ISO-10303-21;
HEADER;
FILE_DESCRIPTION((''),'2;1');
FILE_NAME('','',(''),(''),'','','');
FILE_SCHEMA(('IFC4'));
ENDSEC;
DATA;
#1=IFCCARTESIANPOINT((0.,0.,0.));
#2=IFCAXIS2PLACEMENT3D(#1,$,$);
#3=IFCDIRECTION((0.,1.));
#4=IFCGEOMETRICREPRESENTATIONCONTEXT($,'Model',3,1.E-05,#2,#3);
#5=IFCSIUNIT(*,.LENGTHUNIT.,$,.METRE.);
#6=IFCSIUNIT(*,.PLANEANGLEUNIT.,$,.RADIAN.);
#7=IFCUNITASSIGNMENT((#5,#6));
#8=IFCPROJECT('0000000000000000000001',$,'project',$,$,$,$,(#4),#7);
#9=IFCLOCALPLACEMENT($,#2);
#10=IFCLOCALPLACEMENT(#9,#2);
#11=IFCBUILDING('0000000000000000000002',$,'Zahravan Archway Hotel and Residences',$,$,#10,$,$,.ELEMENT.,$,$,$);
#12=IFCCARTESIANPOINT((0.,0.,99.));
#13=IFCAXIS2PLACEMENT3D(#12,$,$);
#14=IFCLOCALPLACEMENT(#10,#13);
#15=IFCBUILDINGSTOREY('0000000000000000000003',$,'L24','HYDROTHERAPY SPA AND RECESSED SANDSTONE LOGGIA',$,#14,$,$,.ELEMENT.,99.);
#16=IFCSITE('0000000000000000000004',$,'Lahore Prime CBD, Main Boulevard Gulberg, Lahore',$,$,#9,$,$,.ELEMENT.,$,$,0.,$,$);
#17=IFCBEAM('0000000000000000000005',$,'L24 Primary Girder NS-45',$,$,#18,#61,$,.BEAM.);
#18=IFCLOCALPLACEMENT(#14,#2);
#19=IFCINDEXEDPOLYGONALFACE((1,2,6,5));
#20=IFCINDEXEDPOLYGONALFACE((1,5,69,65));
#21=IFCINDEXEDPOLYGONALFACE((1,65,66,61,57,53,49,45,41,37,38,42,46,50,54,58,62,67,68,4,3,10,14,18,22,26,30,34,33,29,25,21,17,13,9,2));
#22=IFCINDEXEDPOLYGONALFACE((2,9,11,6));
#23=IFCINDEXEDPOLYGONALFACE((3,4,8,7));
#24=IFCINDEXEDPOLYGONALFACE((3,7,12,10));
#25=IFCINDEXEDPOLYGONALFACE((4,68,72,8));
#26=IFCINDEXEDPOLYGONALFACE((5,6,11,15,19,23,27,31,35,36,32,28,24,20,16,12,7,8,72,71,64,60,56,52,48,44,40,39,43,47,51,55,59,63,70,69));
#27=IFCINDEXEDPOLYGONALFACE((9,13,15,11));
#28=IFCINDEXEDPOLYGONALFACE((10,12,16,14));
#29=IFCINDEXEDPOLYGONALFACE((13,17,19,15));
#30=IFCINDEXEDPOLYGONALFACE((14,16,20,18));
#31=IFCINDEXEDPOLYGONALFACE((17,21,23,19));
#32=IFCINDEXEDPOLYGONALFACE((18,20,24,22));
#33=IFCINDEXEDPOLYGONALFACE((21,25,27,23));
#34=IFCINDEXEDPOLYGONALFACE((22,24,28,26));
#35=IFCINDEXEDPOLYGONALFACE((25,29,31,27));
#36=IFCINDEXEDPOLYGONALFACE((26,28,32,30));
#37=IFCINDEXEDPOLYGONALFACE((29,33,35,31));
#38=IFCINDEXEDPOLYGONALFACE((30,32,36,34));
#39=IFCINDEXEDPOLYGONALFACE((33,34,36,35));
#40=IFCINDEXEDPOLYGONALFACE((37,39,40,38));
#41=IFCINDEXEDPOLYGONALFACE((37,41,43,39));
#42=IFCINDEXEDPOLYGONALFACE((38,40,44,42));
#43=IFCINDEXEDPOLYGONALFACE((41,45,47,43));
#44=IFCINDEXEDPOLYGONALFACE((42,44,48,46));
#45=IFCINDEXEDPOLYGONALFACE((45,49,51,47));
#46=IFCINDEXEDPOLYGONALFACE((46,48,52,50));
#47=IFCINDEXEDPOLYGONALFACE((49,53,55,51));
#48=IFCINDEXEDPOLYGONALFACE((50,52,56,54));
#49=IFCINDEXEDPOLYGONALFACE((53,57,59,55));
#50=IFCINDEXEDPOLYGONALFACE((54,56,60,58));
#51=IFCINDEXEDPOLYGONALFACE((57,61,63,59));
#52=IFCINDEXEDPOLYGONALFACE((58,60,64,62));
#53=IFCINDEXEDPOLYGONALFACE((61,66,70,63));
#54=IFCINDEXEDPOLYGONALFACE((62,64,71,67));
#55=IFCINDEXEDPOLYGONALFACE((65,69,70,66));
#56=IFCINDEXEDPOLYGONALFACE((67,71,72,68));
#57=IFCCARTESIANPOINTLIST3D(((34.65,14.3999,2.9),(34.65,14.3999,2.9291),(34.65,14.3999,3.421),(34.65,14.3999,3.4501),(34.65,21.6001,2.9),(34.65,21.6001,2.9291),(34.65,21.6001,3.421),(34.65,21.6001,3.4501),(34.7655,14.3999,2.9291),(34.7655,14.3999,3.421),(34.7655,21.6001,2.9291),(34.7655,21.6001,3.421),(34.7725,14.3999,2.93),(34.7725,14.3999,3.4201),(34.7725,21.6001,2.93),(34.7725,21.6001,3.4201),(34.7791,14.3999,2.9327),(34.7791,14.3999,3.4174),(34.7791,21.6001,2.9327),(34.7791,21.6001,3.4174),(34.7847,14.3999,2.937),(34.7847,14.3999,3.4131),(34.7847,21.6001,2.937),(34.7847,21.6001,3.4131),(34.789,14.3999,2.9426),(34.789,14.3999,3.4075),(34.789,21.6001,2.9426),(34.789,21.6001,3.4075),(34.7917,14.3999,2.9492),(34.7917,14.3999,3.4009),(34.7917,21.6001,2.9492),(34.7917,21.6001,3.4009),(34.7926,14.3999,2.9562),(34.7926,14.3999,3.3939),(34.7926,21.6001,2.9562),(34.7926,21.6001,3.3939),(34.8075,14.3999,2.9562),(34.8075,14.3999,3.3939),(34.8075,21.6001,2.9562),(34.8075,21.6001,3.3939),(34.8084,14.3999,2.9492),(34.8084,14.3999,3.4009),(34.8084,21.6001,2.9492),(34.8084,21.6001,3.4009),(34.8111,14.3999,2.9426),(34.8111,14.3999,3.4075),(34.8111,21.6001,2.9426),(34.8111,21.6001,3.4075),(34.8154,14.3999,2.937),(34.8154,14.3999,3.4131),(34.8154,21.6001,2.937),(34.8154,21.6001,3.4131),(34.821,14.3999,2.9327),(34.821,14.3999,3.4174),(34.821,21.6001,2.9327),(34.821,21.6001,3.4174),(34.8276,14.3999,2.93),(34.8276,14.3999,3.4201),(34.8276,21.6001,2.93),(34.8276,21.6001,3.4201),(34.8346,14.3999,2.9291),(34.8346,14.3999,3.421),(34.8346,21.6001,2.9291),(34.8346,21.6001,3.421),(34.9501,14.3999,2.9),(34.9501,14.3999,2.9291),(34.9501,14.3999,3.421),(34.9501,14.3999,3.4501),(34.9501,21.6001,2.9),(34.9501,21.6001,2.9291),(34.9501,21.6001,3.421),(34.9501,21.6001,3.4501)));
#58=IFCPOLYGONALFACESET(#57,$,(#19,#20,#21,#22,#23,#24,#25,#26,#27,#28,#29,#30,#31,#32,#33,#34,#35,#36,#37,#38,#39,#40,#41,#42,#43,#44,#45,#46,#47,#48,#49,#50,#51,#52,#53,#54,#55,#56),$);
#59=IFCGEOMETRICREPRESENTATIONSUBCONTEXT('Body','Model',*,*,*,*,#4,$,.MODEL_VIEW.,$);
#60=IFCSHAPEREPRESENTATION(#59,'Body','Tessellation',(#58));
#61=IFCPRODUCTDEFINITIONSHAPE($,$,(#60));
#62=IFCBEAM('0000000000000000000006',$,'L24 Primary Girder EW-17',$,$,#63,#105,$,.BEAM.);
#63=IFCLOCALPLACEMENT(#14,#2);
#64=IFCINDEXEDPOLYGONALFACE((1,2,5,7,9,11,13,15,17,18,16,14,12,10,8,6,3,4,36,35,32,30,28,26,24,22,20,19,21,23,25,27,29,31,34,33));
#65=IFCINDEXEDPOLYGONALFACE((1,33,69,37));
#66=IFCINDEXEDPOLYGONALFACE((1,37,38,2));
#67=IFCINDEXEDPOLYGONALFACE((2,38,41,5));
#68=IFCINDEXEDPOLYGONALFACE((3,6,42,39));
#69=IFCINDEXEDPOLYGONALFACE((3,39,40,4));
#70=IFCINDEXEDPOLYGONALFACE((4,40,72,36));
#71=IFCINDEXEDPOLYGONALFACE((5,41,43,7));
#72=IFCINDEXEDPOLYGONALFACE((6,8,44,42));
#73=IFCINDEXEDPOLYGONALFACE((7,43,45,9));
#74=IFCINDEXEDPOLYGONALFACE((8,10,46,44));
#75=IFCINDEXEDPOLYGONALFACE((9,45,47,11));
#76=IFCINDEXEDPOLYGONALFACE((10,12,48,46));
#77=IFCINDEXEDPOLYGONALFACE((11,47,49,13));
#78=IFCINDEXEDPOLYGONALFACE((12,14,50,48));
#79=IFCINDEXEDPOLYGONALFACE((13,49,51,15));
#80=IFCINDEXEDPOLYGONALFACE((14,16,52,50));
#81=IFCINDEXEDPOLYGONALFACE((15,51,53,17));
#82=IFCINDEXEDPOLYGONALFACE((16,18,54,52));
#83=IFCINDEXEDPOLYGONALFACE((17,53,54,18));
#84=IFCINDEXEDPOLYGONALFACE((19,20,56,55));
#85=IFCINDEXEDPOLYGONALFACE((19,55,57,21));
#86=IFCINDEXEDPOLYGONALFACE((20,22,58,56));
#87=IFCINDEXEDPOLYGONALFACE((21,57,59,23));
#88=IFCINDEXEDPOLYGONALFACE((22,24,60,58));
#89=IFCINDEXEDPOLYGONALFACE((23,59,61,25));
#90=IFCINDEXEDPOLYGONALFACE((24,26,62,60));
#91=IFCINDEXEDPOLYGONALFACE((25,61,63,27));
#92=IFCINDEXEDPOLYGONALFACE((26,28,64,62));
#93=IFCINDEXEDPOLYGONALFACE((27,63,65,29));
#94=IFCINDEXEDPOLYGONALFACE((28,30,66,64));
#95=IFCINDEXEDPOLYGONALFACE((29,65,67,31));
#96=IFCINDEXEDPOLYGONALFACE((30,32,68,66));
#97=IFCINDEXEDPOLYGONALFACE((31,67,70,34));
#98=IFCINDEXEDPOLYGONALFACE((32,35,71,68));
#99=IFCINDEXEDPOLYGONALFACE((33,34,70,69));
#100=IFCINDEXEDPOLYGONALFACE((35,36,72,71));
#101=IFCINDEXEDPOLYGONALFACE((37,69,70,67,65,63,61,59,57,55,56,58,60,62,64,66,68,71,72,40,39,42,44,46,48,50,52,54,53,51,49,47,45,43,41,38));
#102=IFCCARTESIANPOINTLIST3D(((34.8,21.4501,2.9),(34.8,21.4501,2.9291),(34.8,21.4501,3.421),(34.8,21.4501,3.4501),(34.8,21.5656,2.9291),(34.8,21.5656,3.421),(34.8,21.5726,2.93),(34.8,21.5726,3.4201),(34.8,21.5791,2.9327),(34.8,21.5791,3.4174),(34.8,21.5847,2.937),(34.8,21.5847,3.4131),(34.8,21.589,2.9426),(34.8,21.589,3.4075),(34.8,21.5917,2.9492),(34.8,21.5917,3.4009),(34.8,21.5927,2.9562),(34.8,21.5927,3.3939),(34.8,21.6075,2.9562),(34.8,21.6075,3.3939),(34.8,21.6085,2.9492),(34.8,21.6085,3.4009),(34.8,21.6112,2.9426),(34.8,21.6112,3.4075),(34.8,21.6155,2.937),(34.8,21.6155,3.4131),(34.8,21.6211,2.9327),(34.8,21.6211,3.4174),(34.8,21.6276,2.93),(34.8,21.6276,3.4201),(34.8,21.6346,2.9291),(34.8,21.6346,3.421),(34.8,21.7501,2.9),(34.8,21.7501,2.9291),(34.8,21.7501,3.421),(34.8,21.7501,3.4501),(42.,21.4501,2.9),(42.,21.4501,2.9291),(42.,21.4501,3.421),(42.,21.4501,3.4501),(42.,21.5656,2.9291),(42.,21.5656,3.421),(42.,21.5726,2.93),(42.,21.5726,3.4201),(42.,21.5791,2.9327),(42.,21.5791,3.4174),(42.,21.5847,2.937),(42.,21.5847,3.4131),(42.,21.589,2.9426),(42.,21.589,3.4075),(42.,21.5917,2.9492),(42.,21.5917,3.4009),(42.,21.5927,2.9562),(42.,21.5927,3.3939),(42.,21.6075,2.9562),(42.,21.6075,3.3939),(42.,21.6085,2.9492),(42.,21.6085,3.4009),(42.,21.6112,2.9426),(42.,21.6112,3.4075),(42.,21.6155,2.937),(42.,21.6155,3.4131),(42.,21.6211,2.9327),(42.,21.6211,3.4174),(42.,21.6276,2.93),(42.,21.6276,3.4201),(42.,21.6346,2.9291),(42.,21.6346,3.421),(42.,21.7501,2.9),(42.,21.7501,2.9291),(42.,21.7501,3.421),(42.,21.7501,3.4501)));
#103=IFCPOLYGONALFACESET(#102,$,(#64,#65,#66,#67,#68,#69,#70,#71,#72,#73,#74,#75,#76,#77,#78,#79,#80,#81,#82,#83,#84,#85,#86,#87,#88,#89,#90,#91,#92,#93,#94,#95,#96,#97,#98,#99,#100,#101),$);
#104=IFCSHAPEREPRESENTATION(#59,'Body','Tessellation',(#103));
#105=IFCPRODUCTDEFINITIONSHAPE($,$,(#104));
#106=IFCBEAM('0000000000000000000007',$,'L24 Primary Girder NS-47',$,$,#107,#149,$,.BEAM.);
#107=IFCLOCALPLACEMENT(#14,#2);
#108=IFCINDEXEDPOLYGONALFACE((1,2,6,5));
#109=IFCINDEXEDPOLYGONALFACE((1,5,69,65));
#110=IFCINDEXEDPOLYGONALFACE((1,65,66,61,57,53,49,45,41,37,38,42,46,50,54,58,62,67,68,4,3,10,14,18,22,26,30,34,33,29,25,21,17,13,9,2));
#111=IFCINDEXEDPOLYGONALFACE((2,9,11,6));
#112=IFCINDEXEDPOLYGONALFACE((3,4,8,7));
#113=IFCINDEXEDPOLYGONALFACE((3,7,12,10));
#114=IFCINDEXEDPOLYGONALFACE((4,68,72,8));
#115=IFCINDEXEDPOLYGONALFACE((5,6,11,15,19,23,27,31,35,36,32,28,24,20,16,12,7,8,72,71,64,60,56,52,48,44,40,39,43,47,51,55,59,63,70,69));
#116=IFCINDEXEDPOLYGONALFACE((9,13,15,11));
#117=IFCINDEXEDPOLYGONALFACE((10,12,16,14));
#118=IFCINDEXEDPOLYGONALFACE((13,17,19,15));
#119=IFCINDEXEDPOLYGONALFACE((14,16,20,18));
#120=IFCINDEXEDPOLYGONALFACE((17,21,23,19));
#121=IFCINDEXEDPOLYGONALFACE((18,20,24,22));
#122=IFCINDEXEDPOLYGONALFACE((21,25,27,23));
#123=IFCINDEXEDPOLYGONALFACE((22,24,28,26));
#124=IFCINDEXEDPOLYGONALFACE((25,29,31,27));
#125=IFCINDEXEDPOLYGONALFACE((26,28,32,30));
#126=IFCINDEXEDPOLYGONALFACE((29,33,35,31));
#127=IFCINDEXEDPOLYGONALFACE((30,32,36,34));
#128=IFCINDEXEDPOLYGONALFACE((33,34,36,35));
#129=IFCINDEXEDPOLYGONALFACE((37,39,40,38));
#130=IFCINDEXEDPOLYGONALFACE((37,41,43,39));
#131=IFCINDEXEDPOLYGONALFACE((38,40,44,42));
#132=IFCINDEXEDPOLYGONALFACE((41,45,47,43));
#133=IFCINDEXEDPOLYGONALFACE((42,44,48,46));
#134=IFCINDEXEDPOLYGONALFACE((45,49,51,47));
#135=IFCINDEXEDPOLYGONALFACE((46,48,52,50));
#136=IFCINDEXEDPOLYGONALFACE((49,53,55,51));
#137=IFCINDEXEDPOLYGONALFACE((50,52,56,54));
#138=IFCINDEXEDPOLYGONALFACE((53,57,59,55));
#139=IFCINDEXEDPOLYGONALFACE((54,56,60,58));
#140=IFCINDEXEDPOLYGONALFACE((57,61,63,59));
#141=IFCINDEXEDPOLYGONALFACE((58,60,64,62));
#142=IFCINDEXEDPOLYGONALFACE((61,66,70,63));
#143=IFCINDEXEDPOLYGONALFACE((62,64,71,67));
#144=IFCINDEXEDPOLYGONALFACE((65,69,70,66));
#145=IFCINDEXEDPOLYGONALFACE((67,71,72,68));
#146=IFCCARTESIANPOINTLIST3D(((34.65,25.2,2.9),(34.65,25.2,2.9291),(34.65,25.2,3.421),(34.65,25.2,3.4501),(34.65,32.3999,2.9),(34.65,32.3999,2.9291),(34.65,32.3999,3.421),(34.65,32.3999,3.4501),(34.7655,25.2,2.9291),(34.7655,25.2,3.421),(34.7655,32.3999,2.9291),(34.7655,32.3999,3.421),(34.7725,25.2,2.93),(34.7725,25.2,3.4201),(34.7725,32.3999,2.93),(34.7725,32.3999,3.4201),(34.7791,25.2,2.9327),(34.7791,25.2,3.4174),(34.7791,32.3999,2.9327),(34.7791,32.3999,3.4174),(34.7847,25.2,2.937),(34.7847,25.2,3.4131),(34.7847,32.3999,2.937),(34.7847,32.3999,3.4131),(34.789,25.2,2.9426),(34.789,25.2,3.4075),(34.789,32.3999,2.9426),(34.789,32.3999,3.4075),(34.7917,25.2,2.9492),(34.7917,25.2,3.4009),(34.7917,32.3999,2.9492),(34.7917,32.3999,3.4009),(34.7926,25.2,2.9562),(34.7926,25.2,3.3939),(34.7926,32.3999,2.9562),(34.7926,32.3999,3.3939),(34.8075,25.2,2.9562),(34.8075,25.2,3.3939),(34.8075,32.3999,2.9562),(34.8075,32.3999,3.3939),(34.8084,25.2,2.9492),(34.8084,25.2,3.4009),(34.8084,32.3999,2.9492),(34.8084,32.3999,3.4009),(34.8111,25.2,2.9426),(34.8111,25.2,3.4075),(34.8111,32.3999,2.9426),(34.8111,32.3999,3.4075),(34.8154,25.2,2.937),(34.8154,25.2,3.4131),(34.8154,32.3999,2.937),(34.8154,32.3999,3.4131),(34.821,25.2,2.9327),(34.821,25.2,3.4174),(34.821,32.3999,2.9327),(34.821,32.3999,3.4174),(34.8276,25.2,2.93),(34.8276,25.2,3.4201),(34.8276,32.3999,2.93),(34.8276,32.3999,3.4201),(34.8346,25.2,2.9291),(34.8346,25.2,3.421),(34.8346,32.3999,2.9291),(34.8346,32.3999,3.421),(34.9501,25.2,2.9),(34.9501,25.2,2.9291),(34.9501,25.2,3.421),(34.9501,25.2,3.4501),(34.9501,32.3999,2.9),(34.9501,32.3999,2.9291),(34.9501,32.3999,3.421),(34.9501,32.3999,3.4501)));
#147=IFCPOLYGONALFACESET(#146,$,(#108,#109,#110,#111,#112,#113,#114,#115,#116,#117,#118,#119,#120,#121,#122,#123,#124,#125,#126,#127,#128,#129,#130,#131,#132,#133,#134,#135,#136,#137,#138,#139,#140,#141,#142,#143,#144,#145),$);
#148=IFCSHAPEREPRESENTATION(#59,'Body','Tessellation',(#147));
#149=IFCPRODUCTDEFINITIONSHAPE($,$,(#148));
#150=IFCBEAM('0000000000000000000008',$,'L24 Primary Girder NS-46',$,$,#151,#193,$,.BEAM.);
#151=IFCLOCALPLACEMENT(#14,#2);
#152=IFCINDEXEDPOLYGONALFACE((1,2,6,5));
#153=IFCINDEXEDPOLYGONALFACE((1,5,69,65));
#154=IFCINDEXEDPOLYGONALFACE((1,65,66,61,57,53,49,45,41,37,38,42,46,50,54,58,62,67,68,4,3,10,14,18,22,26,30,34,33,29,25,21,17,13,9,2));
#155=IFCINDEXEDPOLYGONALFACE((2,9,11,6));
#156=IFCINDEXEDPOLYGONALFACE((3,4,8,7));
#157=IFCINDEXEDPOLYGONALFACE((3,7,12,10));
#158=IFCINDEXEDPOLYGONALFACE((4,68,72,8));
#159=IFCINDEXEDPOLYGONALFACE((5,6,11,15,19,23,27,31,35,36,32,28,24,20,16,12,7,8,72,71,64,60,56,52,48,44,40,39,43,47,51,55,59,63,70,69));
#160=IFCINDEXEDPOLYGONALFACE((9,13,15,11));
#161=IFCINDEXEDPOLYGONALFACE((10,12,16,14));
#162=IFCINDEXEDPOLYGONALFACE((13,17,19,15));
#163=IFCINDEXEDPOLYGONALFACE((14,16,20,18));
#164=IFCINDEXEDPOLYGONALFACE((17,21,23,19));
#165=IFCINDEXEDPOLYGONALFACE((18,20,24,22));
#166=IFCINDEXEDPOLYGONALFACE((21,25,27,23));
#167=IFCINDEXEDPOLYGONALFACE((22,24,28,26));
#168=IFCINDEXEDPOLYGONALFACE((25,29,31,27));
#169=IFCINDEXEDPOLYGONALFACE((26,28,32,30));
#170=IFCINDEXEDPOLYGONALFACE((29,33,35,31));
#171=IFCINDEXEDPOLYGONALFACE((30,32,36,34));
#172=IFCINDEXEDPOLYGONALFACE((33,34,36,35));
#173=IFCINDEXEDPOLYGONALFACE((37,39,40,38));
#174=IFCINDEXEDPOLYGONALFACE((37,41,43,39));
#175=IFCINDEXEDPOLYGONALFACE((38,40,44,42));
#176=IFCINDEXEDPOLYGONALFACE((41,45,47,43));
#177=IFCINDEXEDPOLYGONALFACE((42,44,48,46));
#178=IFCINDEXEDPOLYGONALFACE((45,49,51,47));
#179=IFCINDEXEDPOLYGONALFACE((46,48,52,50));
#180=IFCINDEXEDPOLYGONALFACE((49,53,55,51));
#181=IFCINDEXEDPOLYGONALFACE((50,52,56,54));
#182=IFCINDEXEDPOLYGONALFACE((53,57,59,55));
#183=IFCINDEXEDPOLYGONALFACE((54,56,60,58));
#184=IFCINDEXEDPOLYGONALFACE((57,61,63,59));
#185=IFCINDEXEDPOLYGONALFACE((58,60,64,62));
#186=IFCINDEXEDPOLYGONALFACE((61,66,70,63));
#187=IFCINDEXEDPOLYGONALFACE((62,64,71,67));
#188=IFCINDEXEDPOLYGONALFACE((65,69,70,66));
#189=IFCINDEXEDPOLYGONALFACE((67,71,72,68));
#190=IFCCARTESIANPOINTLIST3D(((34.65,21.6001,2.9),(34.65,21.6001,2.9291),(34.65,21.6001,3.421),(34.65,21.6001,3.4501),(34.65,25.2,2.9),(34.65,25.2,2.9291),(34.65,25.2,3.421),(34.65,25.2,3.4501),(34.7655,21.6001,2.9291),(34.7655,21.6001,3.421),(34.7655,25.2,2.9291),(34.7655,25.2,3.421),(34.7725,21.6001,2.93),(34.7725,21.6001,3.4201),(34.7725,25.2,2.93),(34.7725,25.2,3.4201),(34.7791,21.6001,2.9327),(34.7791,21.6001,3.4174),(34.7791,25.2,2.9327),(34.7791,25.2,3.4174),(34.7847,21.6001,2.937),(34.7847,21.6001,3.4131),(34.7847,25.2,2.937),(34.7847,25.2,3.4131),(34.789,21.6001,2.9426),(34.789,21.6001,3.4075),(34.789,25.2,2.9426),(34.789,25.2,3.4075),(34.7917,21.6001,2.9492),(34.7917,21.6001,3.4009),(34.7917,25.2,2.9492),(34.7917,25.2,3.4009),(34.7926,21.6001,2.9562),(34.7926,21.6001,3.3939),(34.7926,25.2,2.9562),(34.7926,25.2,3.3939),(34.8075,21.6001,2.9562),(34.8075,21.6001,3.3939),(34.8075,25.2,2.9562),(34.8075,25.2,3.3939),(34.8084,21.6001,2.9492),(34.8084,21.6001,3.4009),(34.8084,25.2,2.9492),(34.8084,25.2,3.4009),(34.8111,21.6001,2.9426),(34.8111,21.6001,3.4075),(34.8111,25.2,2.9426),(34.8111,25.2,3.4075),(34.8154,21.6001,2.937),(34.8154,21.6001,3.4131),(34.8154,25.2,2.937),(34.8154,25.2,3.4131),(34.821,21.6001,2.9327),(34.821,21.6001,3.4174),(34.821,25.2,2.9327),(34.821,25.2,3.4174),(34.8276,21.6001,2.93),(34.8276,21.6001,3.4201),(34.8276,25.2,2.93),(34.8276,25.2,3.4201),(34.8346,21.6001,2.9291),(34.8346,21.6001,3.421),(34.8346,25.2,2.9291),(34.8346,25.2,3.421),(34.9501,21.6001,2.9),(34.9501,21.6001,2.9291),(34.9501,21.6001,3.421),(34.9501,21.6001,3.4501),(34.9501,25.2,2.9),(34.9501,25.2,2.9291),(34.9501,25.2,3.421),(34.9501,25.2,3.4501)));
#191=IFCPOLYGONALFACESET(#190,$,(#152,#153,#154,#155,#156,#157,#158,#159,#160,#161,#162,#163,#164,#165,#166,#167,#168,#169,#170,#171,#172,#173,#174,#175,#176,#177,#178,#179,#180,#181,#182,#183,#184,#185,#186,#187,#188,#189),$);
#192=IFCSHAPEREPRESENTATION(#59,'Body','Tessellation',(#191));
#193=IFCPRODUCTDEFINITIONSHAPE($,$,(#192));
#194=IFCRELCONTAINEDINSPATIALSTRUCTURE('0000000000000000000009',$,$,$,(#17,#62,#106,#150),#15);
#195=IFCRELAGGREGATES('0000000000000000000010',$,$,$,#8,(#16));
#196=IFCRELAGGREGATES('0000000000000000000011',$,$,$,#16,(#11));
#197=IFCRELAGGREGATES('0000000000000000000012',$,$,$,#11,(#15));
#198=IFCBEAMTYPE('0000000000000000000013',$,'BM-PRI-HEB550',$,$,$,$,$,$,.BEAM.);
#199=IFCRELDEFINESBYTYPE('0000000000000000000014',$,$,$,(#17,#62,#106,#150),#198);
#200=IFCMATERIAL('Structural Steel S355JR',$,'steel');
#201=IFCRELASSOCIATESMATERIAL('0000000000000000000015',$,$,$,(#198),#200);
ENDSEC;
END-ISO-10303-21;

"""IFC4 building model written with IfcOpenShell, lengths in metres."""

from ifc_helpers import new_model, si_unit, direction, frame, origin, origin_2d, place, context, subcontext, project, spatial, i_section, extrude, source, transform, mapped, material, material_profile, profile_set, type_object, type_shapes, element, save


model = new_model("IFC4")

# Units and contexts
model_context = context("Model", 3, precision=1e-05, world=origin(), true_north=direction((0.0, 1.0)))
body_context = subcontext(model_context, "Body", "Model", "MODEL_VIEW")
ifc_project = project(units=[si_unit("LENGTHUNIT", "METRE"), si_unit("PLANEANGLEUNIT", "RADIAN")], contexts=[model_context])

# Site, building, storey
site_placement = place(None, origin())
site = spatial("IfcSite", under=ifc_project, at=site_placement, Name="Lahore Prime CBD, Main Boulevard Gulberg, Lahore", CompositionType="ELEMENT", RefElevation=0.0)
building_placement = place(site_placement, origin())
building = spatial("IfcBuilding", under=site, at=building_placement, Name="Zahravan Archway Hotel and Residences", CompositionType="ELEMENT")
storey_placement = place(building_placement, frame((0.0, 0.0, 99.0)))
storey = spatial("IfcBuildingStorey", under=building, at=storey_placement, Name="L24", Description="HYDROTHERAPY SPA AND RECESSED SANDSTONE LOGGIA", CompositionType="ELEMENT", Elevation=99.0)

# Beams
ifc_material_1 = material(Name="Structural Steel S355JR", Category="steel")
ifc_material_profile_1 = material_profile(ifc_material_1, i_section(OverallWidth=0.3, OverallDepth=0.55, WebThickness=0.0149, FlangeThickness=0.0291, FilletRadius=0.0271, at=origin_2d()), Name="HEB 550", Category="steel")
ifc_profile_set_1 = profile_set([ifc_material_profile_1], Name="Structural Steel S355JR")
beam_type = type_object("IfcBeamType", Name="BM-PRI-HEB550", PredefinedType="BEAM", material=ifc_profile_set_1)
shared_shape_1 = source(origin(), body_context, "Body", "SweptSolid", [
    extrude(i_section(OverallWidth=0.3, OverallDepth=0.55, WebThickness=0.0149, FlangeThickness=0.0291, FilletRadius=0.0271, at=origin_2d()), origin(), (0.0, 0.0, 1.0), 7.2002),
])
type_shapes(beam_type, [shared_shape_1])
beam_1_placement = place(storey_placement, frame((34.8, 14.3999, 3.175), z_axis=(0.0, 1.0, 0.0), x_axis=(-1.0, 0.0, 0.0)))
element("IfcBeam", 1, at=beam_1_placement, inside=storey, type_object=beam_type, Name="L24 Primary Girder NS-45", PredefinedType="BEAM", context=body_context, shape_type="MappedRepresentation", body=[
    mapped(shared_shape_1, transform((0.0, 0.0, 0.0), scale=1.0)),
])
shared_shape_2 = source(origin(), body_context, "Body", "SweptSolid", [
    extrude(i_section(OverallWidth=0.3, OverallDepth=0.55, WebThickness=0.0149, FlangeThickness=0.0291, FilletRadius=0.0271, at=origin_2d()), origin(), (0.0, 0.0, 1.0), 7.2),
])
for number, where, z_axis, x_axis, name in (
    (2, (34.8, 21.6001, 3.175), (1.0, 0.0, 0.0), (0.0, 1.0, 0.0), "L24 Primary Girder EW-17"),
    (3, (34.8, 25.2, 3.175), (0.0, 1.0, 0.0), (-1.0, 0.0, 0.0), "L24 Primary Girder NS-47"),
):
    element("IfcBeam", number, at=place(storey_placement, frame(where, z_axis=z_axis, x_axis=x_axis)), inside=storey, type_object=beam_type, Name=name, PredefinedType="BEAM", context=body_context, shape_type="MappedRepresentation", body=[
        mapped(shared_shape_2, transform((0.0, 0.0, 0.0), scale=1.0)),
    ])
shared_shape_3 = source(origin(), body_context, "Body", "SweptSolid", [
    extrude(i_section(OverallWidth=0.3, OverallDepth=0.55, WebThickness=0.0149, FlangeThickness=0.0291, FilletRadius=0.0271, at=origin_2d()), origin(), (0.0, 0.0, 1.0), 3.5999),
])
beam_2_placement = place(storey_placement, frame((34.8, 21.6001, 3.175), z_axis=(0.0, 1.0, 0.0), x_axis=(-1.0, 0.0, 0.0)))
element("IfcBeam", 4, at=beam_2_placement, inside=storey, type_object=beam_type, Name="L24 Primary Girder NS-46", PredefinedType="BEAM", context=body_context, shape_type="MappedRepresentation", body=[
    mapped(shared_shape_3, transform((0.0, 0.0, 0.0), scale=1.0)),
])

save(model, "model.ifc")
